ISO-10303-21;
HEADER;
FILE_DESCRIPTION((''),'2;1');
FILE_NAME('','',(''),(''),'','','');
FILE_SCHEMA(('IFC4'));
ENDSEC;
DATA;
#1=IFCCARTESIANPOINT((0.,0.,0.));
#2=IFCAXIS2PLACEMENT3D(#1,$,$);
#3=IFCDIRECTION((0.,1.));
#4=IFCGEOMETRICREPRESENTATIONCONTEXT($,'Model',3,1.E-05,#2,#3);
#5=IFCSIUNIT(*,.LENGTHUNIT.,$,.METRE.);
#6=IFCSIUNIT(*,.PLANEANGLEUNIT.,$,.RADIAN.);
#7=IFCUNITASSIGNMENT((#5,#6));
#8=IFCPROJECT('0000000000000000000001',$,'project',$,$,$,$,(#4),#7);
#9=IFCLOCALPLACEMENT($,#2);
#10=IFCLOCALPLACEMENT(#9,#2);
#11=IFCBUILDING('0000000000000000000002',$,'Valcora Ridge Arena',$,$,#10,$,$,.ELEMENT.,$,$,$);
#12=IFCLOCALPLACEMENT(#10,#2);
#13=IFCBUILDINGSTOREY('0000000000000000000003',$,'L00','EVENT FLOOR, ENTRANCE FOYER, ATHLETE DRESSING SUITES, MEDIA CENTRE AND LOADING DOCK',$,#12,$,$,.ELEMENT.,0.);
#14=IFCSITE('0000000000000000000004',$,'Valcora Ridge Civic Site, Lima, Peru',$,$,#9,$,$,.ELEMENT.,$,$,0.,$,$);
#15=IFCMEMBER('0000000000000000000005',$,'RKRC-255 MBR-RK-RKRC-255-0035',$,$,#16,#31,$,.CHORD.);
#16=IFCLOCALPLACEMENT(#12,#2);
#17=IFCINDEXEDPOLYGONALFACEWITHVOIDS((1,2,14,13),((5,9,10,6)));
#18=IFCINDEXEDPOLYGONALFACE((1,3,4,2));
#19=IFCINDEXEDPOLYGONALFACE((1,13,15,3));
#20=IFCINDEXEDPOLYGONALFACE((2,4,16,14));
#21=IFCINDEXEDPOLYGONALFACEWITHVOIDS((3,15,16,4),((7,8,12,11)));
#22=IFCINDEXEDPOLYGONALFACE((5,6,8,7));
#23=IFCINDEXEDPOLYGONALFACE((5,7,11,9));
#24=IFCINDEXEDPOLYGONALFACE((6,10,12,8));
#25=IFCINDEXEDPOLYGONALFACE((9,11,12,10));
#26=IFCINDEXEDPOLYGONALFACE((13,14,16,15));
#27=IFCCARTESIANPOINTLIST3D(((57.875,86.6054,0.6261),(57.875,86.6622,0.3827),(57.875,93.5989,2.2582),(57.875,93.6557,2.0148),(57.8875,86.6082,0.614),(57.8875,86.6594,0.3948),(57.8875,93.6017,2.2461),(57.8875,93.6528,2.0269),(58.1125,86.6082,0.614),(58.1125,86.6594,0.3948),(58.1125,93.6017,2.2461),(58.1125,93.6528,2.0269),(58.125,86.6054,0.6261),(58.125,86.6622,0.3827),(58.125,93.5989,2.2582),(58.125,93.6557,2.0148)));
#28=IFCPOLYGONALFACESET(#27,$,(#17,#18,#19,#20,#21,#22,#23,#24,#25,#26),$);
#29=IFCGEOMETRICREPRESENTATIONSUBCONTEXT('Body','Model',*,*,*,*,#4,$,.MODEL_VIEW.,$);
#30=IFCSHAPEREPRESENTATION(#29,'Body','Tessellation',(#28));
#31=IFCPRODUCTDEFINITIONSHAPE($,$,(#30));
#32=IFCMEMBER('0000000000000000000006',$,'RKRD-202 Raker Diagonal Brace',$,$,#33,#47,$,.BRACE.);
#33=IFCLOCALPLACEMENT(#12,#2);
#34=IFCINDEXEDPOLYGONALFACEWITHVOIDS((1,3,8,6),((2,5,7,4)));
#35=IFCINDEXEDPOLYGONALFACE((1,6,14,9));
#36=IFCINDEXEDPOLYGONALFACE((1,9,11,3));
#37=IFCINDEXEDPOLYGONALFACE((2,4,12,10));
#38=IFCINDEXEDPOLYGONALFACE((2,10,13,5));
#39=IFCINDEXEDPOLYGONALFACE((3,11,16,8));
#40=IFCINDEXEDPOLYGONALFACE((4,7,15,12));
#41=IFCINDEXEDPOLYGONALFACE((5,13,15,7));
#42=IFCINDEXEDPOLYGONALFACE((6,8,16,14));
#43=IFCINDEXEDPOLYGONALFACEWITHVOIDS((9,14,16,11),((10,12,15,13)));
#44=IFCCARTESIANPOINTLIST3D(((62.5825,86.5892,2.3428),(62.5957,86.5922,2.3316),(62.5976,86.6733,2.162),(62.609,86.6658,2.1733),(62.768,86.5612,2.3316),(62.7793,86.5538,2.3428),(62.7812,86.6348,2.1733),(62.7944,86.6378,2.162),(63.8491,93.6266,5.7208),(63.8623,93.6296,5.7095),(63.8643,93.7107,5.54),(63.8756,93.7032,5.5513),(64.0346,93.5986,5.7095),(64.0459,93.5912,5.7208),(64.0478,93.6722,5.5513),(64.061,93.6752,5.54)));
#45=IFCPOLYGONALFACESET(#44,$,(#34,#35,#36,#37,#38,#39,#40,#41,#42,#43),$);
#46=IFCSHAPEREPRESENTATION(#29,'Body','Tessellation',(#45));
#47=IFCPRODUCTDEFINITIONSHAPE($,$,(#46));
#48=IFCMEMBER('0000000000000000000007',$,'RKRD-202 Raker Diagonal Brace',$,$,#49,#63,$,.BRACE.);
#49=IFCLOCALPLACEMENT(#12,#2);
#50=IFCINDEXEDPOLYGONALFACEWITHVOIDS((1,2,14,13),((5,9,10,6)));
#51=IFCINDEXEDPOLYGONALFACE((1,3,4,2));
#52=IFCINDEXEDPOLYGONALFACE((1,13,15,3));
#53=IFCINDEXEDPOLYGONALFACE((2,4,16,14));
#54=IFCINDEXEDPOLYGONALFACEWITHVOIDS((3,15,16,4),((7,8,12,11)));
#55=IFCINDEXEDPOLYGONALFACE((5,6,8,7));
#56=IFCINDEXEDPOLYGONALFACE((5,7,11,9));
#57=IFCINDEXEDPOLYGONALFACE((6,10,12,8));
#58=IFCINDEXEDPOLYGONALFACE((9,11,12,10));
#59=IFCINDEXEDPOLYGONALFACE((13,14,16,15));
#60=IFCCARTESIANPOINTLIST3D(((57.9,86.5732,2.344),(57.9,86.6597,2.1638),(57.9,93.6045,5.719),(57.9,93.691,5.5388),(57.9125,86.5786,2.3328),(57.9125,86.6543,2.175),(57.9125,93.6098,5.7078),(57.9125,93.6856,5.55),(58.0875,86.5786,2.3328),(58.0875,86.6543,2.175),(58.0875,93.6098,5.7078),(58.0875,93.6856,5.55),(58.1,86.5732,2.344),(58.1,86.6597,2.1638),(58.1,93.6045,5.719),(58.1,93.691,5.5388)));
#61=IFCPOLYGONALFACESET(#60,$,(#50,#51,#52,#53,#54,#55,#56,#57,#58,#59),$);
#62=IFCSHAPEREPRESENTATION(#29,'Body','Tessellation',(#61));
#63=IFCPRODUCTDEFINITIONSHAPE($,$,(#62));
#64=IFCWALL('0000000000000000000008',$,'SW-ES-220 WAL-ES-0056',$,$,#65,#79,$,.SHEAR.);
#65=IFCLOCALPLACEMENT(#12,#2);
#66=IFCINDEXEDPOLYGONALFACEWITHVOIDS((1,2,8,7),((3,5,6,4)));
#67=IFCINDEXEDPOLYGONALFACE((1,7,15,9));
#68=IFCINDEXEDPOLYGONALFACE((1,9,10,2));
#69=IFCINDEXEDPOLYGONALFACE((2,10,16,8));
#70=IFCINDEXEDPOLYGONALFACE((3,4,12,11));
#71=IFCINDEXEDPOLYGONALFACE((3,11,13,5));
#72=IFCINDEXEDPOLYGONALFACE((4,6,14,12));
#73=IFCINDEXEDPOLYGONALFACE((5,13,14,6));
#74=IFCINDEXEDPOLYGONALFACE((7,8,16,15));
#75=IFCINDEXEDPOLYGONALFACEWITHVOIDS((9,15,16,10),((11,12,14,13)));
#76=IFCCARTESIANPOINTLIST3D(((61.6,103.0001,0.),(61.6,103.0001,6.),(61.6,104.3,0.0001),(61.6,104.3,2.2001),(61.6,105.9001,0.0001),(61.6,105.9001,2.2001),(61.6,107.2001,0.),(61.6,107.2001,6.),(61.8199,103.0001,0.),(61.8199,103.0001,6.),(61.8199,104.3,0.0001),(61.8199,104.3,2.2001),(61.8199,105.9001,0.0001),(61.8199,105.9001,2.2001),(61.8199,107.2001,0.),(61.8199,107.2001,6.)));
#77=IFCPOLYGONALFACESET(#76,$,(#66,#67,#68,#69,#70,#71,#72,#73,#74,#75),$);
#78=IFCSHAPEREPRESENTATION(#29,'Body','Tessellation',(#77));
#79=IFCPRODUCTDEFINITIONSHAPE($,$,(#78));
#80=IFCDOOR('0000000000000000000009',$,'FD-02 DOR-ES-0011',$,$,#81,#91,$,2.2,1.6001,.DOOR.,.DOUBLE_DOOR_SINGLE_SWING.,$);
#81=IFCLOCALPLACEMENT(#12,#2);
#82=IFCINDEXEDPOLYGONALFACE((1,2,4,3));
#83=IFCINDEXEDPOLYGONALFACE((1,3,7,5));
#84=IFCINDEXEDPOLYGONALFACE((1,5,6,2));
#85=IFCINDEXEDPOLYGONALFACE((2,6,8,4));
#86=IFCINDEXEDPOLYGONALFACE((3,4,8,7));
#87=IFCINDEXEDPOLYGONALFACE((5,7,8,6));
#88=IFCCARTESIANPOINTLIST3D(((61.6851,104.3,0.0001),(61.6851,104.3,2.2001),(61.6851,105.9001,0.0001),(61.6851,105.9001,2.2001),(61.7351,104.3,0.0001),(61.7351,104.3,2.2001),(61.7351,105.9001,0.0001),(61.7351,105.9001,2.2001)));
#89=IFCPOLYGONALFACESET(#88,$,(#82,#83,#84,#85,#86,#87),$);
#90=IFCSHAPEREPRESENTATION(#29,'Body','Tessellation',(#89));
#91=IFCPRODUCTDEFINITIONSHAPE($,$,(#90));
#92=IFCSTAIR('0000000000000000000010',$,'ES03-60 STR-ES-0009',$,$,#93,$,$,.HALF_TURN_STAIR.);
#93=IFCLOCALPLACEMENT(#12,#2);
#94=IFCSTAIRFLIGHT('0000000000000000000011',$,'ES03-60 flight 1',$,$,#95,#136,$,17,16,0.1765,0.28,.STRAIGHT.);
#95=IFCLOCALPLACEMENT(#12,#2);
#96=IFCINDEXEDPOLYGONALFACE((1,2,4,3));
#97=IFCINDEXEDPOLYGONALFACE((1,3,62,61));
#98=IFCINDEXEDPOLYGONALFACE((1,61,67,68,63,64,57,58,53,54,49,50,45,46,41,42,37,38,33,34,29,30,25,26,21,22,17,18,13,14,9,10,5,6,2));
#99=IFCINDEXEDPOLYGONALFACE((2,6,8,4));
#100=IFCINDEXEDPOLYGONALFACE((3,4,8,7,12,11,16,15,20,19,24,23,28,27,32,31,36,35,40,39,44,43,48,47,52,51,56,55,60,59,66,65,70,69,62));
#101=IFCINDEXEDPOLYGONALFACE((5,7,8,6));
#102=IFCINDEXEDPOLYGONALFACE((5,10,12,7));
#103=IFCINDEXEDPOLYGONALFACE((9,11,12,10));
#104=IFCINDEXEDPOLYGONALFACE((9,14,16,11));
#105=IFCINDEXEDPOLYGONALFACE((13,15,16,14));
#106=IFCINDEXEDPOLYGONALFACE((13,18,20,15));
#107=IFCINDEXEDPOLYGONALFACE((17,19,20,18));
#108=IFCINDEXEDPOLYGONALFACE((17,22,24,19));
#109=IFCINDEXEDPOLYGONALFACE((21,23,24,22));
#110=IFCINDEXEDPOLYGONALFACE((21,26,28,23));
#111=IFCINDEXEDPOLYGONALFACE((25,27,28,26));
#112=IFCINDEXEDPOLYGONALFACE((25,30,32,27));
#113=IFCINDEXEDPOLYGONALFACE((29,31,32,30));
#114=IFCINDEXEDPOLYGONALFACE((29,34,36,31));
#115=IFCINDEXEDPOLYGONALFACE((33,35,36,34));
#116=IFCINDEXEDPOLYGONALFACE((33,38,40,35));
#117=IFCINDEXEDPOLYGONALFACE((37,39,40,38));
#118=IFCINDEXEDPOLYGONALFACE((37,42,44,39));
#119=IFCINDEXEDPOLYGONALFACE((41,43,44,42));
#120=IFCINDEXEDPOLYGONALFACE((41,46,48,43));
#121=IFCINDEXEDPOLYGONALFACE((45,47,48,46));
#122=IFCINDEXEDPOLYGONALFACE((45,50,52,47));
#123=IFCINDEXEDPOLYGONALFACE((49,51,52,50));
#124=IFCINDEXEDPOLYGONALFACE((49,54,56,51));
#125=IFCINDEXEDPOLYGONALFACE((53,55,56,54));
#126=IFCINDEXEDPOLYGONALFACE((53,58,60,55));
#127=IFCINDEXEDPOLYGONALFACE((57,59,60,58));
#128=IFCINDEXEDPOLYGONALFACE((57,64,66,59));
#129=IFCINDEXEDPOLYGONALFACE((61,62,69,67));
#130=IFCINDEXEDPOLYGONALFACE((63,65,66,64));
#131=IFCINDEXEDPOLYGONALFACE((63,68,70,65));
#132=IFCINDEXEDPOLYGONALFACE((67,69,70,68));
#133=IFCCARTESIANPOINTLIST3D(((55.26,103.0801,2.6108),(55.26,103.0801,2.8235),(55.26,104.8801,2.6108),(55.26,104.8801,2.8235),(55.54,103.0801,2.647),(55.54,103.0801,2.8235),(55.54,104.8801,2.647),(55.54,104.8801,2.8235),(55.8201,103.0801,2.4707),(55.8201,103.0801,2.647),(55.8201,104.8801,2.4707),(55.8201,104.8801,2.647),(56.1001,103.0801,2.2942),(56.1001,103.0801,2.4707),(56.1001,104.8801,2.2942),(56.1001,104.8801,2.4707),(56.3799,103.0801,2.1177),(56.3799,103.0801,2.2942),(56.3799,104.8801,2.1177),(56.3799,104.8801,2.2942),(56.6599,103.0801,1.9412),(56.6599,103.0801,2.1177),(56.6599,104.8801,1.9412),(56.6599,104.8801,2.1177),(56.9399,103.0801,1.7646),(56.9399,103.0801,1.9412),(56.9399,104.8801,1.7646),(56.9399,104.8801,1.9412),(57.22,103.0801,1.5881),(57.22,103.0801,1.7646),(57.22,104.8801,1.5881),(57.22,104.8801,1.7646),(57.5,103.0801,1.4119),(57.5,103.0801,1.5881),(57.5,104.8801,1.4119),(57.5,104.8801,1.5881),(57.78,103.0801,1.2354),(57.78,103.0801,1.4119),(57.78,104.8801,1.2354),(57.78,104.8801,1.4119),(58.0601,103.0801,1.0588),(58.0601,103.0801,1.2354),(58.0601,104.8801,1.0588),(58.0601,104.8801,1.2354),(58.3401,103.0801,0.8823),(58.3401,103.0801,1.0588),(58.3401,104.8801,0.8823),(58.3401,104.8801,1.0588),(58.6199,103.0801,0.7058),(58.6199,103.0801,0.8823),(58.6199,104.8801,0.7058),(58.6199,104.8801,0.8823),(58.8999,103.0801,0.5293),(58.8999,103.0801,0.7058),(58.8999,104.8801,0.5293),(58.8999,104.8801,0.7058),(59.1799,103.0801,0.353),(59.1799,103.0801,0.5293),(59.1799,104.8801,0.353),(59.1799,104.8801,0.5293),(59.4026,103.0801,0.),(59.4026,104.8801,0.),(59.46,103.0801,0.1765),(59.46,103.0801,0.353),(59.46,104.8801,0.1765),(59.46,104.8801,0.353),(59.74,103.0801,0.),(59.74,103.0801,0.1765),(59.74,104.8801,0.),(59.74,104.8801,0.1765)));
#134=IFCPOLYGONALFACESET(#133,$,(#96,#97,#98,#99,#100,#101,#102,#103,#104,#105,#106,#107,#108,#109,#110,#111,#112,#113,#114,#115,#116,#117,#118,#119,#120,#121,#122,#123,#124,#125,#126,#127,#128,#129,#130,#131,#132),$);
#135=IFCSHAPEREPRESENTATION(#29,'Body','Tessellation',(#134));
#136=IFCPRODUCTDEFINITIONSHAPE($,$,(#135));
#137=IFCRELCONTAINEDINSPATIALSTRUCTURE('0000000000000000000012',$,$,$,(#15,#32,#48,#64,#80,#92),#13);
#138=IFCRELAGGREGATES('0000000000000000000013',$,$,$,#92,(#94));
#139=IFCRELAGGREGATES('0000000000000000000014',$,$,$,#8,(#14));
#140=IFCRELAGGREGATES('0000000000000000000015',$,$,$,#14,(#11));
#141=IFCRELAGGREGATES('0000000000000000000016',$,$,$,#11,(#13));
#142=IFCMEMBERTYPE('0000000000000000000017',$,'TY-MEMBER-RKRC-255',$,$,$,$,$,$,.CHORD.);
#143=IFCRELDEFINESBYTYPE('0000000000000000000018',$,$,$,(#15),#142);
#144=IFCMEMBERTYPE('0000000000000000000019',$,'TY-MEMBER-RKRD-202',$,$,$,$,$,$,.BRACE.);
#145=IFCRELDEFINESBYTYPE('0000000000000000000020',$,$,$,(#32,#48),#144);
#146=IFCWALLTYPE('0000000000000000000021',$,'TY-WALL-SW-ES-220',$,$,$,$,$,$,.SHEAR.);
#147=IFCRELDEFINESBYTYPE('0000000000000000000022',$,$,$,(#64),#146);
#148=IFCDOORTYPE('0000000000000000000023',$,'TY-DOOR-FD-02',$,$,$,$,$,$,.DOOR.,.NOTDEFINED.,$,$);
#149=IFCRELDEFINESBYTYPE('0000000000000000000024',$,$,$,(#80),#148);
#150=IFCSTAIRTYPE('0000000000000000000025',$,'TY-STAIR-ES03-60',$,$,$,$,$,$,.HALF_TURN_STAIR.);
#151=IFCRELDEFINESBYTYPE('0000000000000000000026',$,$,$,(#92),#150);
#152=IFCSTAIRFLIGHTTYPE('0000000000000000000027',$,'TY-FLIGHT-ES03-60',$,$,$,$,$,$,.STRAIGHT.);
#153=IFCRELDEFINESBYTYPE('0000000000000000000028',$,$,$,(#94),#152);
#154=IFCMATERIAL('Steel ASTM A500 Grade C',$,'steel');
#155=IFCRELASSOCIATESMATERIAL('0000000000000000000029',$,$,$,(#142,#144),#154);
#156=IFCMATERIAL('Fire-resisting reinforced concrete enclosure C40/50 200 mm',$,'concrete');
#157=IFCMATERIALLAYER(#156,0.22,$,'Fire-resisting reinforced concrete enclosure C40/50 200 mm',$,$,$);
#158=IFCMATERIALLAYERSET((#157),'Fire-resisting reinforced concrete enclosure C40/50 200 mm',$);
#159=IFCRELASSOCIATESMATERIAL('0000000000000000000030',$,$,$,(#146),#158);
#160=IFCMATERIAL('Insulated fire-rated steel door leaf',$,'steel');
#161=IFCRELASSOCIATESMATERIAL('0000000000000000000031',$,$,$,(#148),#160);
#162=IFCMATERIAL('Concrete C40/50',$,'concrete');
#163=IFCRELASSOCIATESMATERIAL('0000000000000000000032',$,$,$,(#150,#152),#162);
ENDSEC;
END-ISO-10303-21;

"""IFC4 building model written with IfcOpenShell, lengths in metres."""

from ifc_helpers import new_model, si_unit, direction, frame, frame_2d, origin, origin_2d, place, context, subcontext, project, spatial, polyline, rectangle, hollow_rectangle, outline, extrude, material, layer, layer_set, material_profile, profile_set, type_object, element, fill, aggregate, save


model = new_model("IFC4")

# Units and contexts
model_context = context("Model", 3, precision=1e-05, world=origin(), true_north=direction((0.0, 1.0)))
body_context = subcontext(model_context, "Body", "Model", "MODEL_VIEW")
ifc_project = project(units=[si_unit("LENGTHUNIT", "METRE"), si_unit("PLANEANGLEUNIT", "RADIAN")], contexts=[model_context])

# Site, building, storey
site_placement = place(None, origin())
site = spatial("IfcSite", under=ifc_project, at=site_placement, Name="Valcora Ridge Civic Site, Lima, Peru", CompositionType="ELEMENT", RefElevation=0.0)
building_placement = place(site_placement, origin())
building = spatial("IfcBuilding", under=site, at=building_placement, Name="Valcora Ridge Arena", CompositionType="ELEMENT")
storey_placement = place(building_placement, origin())
storey = spatial("IfcBuildingStorey", under=building, at=storey_placement, Name="L00", Description="EVENT FLOOR, ENTRANCE FOYER, ATHLETE DRESSING SUITES, MEDIA CENTRE AND LOADING DOCK", CompositionType="ELEMENT", Elevation=0.0)

# Shared definitions
ifc_material_1 = material(Name="Concrete C40/50", Category="concrete")

# Members
ifc_material_2 = material(Name="Steel ASTM A500 Grade C", Category="steel")
ifc_material_profile_1 = material_profile(ifc_material_2, hollow_rectangle(XDim=0.25, YDim=0.25, WallThickness=0.0125, at=origin_2d()), Name="HSS250X250X12")
ifc_profile_set_1 = profile_set([ifc_material_profile_1], Name="Steel ASTM A500 Grade C")
member_type_1 = type_object("IfcMemberType", Name="TY-MEMBER-RKRC-255", PredefinedType="CHORD", material=ifc_profile_set_1)
member_1_placement = place(storey_placement, frame((58.0, 86.6338, 0.5044), z_axis=(0.0, 0.973832, 0.227267), x_axis=(-1.0, 0.0, 0.0)))
element("IfcMember", 1, at=member_1_placement, inside=storey, type_object=member_type_1, Name="RKRC-255 MBR-RK-RKRC-255-0035", PredefinedType="CHORD", context=body_context, shape_type="SweptSolid", body=[
    extrude(hollow_rectangle(XDim=0.25, YDim=0.25, WallThickness=0.0125, at=origin_2d()), origin(), (0.0, 0.0, 1.0), 7.1814),
])
ifc_material_profile_2 = material_profile(ifc_material_2, hollow_rectangle(XDim=0.2, YDim=0.2, WallThickness=0.0125, at=origin_2d()), Name="HSS200X200X12")
ifc_profile_set_2 = profile_set([ifc_material_profile_2], Name="Steel ASTM A500 Grade C")
member_type_2 = type_object("IfcMemberType", Name="TY-MEMBER-RKRD-202", PredefinedType="BRACE", material=ifc_profile_set_2)
member_2_placement = place(storey_placement, frame((62.6885, 86.6135, 2.2524), z_axis=(0.160164, 0.889885, 0.427145), x_axis=(-0.984186, 0.177136, 0.0)))
element("IfcMember", 2, at=member_2_placement, inside=storey, type_object=member_type_2, Name="RKRD-202 Raker Diagonal Brace", PredefinedType="BRACE", context=body_context, shape_type="SweptSolid", body=[
    extrude(hollow_rectangle(XDim=0.2, YDim=0.2, WallThickness=0.0125, at=origin_2d()), origin(), (0.0, 0.0, 1.0), 7.9082),
])
member_3_placement = place(storey_placement, frame((58.0, 86.6165, 2.2539), z_axis=(0.0, 0.901523, 0.432731), x_axis=(-1.0, 0.0, 0.0)))
element("IfcMember", 3, at=member_3_placement, inside=storey, type_object=member_type_2, Name="RKRD-202 Raker Diagonal Brace", PredefinedType="BRACE", context=body_context, shape_type="SweptSolid", body=[
    extrude(hollow_rectangle(XDim=0.2, YDim=0.2, WallThickness=0.0125, at=origin_2d()), origin(), (0.0, 0.0, 1.0), 7.7993),
])

# Wall, opening, door
ifc_material_3 = material(Name="Fire-resisting reinforced concrete enclosure C40/50 200 mm", Category="concrete")
ifc_layer = layer(ifc_material_3, 0.22, Name="Fire-resisting reinforced concrete enclosure C40/50 200 mm")
ifc_layer_set = layer_set([ifc_layer], Name="Fire-resisting reinforced concrete enclosure C40/50 200 mm")
wall_type = type_object("IfcWallType", Name="TY-WALL-SW-ES-220", PredefinedType="SHEAR", material=ifc_layer_set)
wall_placement = place(storey_placement, frame((61.71, 103.0, 0.0), z_axis=(0.0, 0.0, 1.0), x_axis=(0.0, 1.0, 0.0)))
wall = element("IfcWall", 4, at=wall_placement, inside=storey, type_object=wall_type, Name="SW-ES-220 WAL-ES-0056", PredefinedType="SHEAR", context=body_context, shape_type="SweptSolid", body=[
    extrude(rectangle(XDim=4.2, YDim=0.22, at=frame_2d((2.1001, 0.0))), origin(), (0.0, 0.0, 1.0), 6.0),
])
opening_placement = place(wall_placement, frame((1.3, 0.0, 0.0)))
opening = element("IfcOpeningElement", 5, at=opening_placement, cuts=wall, PredefinedType="OPENING", context=body_context, shape_type="SweptSolid", body=[
    extrude(rectangle(XDim=1.6001, YDim=2.2, at=frame_2d((0.8, 1.1001))), frame((0.0, 0.1199, 0.0), z_axis=(0.0, -1.0, 0.0), x_axis=(1.0, 0.0, 0.0)), (0.0, 0.0, 1.0), 0.24),
])
ifc_material_4 = material(Name="Insulated fire-rated steel door leaf", Category="steel")
door_type = type_object("IfcDoorType", Name="TY-DOOR-FD-02", OperationType="NOTDEFINED", PredefinedType="DOOR", material=ifc_material_4)
door_placement = place(opening_placement, origin())
door = element("IfcDoor", 6, at=door_placement, inside=storey, type_object=door_type, Name="FD-02 DOR-ES-0011", OperationType="DOUBLE_DOOR_SINGLE_SWING", OverallHeight=2.2, OverallWidth=1.6001, PredefinedType="DOOR", context=body_context, shape_type="SweptSolid", body=[
    extrude(rectangle(XDim=1.6001, YDim=2.2, at=frame_2d((0.8, 1.1001))), frame((0.0, 0.0249, 0.0), z_axis=(0.0, -1.0, 0.0), x_axis=(1.0, 0.0, 0.0)), (0.0, 0.0, 1.0), 0.05),
])
fill(opening, door)

# Stair, stair flight
stair_type = type_object("IfcStairType", Name="TY-STAIR-ES03-60", PredefinedType="HALF_TURN_STAIR", material=ifc_material_1)
stair_placement = place(storey_placement, origin())
stair = element("IfcStair", 7, at=stair_placement, inside=storey, type_object=stair_type, Name="ES03-60 STR-ES-0009", PredefinedType="HALF_TURN_STAIR")
stair_flight_type = type_object("IfcStairFlightType", Name="TY-FLIGHT-ES03-60", PredefinedType="STRAIGHT", material=ifc_material_1)
stair_flight_placement = place(storey_placement, frame((59.74, 103.98, 0.0), z_axis=(0.0, 0.0, 1.0), x_axis=(-1.0, 0.0, 0.0)))
stair_flight = element("IfcStairFlight", 8, at=stair_flight_placement, type_object=stair_flight_type, Name="ES03-60 flight 1", NumberOfRisers=17, NumberOfTreads=16, PredefinedType="STRAIGHT", RiserHeight=0.1765, TreadLength=0.28, context=body_context, shape_type="SweptSolid", body=[
    extrude(outline(polyline([(0.0, 0.0), (0.0, 0.1765), (0.28, 0.1765), (0.28, 0.353), (0.5601, 0.353), (0.5601, 0.5293), (0.8401, 0.5293), (0.8401, 0.7058), (1.1201, 0.7058), (1.1201, 0.8823), (1.3999, 0.8823), (1.3999, 1.0588), (1.6799, 1.0588), (1.6799, 1.2354), (1.96, 1.2354), (1.96, 1.4119), (2.24, 1.4119), (2.24, 1.5881), (2.52, 1.5881), (2.52, 1.7646), (2.8, 1.7646), (2.8, 1.9412), (3.0801, 1.9412), (3.0801, 2.1177), (3.3601, 2.1177), (3.3601, 2.2942), (3.6399, 2.2942), (3.6399, 2.4707), (3.9199, 2.4707), (3.9199, 2.647), (4.2, 2.647), (4.2, 2.8235), (4.48, 2.8235), (4.48, 3.0), (4.48, 2.6108), (0.3374, 0.0), (0.0, 0.0)])), frame((0.0, 0.8999, 0.0), z_axis=(0.0, -1.0, 0.0), x_axis=(1.0, 0.0, 0.0)), (0.0, 0.0, 1.0), 1.8),
])
aggregate(stair, [stair_flight])

save(model, "model.ifc")
